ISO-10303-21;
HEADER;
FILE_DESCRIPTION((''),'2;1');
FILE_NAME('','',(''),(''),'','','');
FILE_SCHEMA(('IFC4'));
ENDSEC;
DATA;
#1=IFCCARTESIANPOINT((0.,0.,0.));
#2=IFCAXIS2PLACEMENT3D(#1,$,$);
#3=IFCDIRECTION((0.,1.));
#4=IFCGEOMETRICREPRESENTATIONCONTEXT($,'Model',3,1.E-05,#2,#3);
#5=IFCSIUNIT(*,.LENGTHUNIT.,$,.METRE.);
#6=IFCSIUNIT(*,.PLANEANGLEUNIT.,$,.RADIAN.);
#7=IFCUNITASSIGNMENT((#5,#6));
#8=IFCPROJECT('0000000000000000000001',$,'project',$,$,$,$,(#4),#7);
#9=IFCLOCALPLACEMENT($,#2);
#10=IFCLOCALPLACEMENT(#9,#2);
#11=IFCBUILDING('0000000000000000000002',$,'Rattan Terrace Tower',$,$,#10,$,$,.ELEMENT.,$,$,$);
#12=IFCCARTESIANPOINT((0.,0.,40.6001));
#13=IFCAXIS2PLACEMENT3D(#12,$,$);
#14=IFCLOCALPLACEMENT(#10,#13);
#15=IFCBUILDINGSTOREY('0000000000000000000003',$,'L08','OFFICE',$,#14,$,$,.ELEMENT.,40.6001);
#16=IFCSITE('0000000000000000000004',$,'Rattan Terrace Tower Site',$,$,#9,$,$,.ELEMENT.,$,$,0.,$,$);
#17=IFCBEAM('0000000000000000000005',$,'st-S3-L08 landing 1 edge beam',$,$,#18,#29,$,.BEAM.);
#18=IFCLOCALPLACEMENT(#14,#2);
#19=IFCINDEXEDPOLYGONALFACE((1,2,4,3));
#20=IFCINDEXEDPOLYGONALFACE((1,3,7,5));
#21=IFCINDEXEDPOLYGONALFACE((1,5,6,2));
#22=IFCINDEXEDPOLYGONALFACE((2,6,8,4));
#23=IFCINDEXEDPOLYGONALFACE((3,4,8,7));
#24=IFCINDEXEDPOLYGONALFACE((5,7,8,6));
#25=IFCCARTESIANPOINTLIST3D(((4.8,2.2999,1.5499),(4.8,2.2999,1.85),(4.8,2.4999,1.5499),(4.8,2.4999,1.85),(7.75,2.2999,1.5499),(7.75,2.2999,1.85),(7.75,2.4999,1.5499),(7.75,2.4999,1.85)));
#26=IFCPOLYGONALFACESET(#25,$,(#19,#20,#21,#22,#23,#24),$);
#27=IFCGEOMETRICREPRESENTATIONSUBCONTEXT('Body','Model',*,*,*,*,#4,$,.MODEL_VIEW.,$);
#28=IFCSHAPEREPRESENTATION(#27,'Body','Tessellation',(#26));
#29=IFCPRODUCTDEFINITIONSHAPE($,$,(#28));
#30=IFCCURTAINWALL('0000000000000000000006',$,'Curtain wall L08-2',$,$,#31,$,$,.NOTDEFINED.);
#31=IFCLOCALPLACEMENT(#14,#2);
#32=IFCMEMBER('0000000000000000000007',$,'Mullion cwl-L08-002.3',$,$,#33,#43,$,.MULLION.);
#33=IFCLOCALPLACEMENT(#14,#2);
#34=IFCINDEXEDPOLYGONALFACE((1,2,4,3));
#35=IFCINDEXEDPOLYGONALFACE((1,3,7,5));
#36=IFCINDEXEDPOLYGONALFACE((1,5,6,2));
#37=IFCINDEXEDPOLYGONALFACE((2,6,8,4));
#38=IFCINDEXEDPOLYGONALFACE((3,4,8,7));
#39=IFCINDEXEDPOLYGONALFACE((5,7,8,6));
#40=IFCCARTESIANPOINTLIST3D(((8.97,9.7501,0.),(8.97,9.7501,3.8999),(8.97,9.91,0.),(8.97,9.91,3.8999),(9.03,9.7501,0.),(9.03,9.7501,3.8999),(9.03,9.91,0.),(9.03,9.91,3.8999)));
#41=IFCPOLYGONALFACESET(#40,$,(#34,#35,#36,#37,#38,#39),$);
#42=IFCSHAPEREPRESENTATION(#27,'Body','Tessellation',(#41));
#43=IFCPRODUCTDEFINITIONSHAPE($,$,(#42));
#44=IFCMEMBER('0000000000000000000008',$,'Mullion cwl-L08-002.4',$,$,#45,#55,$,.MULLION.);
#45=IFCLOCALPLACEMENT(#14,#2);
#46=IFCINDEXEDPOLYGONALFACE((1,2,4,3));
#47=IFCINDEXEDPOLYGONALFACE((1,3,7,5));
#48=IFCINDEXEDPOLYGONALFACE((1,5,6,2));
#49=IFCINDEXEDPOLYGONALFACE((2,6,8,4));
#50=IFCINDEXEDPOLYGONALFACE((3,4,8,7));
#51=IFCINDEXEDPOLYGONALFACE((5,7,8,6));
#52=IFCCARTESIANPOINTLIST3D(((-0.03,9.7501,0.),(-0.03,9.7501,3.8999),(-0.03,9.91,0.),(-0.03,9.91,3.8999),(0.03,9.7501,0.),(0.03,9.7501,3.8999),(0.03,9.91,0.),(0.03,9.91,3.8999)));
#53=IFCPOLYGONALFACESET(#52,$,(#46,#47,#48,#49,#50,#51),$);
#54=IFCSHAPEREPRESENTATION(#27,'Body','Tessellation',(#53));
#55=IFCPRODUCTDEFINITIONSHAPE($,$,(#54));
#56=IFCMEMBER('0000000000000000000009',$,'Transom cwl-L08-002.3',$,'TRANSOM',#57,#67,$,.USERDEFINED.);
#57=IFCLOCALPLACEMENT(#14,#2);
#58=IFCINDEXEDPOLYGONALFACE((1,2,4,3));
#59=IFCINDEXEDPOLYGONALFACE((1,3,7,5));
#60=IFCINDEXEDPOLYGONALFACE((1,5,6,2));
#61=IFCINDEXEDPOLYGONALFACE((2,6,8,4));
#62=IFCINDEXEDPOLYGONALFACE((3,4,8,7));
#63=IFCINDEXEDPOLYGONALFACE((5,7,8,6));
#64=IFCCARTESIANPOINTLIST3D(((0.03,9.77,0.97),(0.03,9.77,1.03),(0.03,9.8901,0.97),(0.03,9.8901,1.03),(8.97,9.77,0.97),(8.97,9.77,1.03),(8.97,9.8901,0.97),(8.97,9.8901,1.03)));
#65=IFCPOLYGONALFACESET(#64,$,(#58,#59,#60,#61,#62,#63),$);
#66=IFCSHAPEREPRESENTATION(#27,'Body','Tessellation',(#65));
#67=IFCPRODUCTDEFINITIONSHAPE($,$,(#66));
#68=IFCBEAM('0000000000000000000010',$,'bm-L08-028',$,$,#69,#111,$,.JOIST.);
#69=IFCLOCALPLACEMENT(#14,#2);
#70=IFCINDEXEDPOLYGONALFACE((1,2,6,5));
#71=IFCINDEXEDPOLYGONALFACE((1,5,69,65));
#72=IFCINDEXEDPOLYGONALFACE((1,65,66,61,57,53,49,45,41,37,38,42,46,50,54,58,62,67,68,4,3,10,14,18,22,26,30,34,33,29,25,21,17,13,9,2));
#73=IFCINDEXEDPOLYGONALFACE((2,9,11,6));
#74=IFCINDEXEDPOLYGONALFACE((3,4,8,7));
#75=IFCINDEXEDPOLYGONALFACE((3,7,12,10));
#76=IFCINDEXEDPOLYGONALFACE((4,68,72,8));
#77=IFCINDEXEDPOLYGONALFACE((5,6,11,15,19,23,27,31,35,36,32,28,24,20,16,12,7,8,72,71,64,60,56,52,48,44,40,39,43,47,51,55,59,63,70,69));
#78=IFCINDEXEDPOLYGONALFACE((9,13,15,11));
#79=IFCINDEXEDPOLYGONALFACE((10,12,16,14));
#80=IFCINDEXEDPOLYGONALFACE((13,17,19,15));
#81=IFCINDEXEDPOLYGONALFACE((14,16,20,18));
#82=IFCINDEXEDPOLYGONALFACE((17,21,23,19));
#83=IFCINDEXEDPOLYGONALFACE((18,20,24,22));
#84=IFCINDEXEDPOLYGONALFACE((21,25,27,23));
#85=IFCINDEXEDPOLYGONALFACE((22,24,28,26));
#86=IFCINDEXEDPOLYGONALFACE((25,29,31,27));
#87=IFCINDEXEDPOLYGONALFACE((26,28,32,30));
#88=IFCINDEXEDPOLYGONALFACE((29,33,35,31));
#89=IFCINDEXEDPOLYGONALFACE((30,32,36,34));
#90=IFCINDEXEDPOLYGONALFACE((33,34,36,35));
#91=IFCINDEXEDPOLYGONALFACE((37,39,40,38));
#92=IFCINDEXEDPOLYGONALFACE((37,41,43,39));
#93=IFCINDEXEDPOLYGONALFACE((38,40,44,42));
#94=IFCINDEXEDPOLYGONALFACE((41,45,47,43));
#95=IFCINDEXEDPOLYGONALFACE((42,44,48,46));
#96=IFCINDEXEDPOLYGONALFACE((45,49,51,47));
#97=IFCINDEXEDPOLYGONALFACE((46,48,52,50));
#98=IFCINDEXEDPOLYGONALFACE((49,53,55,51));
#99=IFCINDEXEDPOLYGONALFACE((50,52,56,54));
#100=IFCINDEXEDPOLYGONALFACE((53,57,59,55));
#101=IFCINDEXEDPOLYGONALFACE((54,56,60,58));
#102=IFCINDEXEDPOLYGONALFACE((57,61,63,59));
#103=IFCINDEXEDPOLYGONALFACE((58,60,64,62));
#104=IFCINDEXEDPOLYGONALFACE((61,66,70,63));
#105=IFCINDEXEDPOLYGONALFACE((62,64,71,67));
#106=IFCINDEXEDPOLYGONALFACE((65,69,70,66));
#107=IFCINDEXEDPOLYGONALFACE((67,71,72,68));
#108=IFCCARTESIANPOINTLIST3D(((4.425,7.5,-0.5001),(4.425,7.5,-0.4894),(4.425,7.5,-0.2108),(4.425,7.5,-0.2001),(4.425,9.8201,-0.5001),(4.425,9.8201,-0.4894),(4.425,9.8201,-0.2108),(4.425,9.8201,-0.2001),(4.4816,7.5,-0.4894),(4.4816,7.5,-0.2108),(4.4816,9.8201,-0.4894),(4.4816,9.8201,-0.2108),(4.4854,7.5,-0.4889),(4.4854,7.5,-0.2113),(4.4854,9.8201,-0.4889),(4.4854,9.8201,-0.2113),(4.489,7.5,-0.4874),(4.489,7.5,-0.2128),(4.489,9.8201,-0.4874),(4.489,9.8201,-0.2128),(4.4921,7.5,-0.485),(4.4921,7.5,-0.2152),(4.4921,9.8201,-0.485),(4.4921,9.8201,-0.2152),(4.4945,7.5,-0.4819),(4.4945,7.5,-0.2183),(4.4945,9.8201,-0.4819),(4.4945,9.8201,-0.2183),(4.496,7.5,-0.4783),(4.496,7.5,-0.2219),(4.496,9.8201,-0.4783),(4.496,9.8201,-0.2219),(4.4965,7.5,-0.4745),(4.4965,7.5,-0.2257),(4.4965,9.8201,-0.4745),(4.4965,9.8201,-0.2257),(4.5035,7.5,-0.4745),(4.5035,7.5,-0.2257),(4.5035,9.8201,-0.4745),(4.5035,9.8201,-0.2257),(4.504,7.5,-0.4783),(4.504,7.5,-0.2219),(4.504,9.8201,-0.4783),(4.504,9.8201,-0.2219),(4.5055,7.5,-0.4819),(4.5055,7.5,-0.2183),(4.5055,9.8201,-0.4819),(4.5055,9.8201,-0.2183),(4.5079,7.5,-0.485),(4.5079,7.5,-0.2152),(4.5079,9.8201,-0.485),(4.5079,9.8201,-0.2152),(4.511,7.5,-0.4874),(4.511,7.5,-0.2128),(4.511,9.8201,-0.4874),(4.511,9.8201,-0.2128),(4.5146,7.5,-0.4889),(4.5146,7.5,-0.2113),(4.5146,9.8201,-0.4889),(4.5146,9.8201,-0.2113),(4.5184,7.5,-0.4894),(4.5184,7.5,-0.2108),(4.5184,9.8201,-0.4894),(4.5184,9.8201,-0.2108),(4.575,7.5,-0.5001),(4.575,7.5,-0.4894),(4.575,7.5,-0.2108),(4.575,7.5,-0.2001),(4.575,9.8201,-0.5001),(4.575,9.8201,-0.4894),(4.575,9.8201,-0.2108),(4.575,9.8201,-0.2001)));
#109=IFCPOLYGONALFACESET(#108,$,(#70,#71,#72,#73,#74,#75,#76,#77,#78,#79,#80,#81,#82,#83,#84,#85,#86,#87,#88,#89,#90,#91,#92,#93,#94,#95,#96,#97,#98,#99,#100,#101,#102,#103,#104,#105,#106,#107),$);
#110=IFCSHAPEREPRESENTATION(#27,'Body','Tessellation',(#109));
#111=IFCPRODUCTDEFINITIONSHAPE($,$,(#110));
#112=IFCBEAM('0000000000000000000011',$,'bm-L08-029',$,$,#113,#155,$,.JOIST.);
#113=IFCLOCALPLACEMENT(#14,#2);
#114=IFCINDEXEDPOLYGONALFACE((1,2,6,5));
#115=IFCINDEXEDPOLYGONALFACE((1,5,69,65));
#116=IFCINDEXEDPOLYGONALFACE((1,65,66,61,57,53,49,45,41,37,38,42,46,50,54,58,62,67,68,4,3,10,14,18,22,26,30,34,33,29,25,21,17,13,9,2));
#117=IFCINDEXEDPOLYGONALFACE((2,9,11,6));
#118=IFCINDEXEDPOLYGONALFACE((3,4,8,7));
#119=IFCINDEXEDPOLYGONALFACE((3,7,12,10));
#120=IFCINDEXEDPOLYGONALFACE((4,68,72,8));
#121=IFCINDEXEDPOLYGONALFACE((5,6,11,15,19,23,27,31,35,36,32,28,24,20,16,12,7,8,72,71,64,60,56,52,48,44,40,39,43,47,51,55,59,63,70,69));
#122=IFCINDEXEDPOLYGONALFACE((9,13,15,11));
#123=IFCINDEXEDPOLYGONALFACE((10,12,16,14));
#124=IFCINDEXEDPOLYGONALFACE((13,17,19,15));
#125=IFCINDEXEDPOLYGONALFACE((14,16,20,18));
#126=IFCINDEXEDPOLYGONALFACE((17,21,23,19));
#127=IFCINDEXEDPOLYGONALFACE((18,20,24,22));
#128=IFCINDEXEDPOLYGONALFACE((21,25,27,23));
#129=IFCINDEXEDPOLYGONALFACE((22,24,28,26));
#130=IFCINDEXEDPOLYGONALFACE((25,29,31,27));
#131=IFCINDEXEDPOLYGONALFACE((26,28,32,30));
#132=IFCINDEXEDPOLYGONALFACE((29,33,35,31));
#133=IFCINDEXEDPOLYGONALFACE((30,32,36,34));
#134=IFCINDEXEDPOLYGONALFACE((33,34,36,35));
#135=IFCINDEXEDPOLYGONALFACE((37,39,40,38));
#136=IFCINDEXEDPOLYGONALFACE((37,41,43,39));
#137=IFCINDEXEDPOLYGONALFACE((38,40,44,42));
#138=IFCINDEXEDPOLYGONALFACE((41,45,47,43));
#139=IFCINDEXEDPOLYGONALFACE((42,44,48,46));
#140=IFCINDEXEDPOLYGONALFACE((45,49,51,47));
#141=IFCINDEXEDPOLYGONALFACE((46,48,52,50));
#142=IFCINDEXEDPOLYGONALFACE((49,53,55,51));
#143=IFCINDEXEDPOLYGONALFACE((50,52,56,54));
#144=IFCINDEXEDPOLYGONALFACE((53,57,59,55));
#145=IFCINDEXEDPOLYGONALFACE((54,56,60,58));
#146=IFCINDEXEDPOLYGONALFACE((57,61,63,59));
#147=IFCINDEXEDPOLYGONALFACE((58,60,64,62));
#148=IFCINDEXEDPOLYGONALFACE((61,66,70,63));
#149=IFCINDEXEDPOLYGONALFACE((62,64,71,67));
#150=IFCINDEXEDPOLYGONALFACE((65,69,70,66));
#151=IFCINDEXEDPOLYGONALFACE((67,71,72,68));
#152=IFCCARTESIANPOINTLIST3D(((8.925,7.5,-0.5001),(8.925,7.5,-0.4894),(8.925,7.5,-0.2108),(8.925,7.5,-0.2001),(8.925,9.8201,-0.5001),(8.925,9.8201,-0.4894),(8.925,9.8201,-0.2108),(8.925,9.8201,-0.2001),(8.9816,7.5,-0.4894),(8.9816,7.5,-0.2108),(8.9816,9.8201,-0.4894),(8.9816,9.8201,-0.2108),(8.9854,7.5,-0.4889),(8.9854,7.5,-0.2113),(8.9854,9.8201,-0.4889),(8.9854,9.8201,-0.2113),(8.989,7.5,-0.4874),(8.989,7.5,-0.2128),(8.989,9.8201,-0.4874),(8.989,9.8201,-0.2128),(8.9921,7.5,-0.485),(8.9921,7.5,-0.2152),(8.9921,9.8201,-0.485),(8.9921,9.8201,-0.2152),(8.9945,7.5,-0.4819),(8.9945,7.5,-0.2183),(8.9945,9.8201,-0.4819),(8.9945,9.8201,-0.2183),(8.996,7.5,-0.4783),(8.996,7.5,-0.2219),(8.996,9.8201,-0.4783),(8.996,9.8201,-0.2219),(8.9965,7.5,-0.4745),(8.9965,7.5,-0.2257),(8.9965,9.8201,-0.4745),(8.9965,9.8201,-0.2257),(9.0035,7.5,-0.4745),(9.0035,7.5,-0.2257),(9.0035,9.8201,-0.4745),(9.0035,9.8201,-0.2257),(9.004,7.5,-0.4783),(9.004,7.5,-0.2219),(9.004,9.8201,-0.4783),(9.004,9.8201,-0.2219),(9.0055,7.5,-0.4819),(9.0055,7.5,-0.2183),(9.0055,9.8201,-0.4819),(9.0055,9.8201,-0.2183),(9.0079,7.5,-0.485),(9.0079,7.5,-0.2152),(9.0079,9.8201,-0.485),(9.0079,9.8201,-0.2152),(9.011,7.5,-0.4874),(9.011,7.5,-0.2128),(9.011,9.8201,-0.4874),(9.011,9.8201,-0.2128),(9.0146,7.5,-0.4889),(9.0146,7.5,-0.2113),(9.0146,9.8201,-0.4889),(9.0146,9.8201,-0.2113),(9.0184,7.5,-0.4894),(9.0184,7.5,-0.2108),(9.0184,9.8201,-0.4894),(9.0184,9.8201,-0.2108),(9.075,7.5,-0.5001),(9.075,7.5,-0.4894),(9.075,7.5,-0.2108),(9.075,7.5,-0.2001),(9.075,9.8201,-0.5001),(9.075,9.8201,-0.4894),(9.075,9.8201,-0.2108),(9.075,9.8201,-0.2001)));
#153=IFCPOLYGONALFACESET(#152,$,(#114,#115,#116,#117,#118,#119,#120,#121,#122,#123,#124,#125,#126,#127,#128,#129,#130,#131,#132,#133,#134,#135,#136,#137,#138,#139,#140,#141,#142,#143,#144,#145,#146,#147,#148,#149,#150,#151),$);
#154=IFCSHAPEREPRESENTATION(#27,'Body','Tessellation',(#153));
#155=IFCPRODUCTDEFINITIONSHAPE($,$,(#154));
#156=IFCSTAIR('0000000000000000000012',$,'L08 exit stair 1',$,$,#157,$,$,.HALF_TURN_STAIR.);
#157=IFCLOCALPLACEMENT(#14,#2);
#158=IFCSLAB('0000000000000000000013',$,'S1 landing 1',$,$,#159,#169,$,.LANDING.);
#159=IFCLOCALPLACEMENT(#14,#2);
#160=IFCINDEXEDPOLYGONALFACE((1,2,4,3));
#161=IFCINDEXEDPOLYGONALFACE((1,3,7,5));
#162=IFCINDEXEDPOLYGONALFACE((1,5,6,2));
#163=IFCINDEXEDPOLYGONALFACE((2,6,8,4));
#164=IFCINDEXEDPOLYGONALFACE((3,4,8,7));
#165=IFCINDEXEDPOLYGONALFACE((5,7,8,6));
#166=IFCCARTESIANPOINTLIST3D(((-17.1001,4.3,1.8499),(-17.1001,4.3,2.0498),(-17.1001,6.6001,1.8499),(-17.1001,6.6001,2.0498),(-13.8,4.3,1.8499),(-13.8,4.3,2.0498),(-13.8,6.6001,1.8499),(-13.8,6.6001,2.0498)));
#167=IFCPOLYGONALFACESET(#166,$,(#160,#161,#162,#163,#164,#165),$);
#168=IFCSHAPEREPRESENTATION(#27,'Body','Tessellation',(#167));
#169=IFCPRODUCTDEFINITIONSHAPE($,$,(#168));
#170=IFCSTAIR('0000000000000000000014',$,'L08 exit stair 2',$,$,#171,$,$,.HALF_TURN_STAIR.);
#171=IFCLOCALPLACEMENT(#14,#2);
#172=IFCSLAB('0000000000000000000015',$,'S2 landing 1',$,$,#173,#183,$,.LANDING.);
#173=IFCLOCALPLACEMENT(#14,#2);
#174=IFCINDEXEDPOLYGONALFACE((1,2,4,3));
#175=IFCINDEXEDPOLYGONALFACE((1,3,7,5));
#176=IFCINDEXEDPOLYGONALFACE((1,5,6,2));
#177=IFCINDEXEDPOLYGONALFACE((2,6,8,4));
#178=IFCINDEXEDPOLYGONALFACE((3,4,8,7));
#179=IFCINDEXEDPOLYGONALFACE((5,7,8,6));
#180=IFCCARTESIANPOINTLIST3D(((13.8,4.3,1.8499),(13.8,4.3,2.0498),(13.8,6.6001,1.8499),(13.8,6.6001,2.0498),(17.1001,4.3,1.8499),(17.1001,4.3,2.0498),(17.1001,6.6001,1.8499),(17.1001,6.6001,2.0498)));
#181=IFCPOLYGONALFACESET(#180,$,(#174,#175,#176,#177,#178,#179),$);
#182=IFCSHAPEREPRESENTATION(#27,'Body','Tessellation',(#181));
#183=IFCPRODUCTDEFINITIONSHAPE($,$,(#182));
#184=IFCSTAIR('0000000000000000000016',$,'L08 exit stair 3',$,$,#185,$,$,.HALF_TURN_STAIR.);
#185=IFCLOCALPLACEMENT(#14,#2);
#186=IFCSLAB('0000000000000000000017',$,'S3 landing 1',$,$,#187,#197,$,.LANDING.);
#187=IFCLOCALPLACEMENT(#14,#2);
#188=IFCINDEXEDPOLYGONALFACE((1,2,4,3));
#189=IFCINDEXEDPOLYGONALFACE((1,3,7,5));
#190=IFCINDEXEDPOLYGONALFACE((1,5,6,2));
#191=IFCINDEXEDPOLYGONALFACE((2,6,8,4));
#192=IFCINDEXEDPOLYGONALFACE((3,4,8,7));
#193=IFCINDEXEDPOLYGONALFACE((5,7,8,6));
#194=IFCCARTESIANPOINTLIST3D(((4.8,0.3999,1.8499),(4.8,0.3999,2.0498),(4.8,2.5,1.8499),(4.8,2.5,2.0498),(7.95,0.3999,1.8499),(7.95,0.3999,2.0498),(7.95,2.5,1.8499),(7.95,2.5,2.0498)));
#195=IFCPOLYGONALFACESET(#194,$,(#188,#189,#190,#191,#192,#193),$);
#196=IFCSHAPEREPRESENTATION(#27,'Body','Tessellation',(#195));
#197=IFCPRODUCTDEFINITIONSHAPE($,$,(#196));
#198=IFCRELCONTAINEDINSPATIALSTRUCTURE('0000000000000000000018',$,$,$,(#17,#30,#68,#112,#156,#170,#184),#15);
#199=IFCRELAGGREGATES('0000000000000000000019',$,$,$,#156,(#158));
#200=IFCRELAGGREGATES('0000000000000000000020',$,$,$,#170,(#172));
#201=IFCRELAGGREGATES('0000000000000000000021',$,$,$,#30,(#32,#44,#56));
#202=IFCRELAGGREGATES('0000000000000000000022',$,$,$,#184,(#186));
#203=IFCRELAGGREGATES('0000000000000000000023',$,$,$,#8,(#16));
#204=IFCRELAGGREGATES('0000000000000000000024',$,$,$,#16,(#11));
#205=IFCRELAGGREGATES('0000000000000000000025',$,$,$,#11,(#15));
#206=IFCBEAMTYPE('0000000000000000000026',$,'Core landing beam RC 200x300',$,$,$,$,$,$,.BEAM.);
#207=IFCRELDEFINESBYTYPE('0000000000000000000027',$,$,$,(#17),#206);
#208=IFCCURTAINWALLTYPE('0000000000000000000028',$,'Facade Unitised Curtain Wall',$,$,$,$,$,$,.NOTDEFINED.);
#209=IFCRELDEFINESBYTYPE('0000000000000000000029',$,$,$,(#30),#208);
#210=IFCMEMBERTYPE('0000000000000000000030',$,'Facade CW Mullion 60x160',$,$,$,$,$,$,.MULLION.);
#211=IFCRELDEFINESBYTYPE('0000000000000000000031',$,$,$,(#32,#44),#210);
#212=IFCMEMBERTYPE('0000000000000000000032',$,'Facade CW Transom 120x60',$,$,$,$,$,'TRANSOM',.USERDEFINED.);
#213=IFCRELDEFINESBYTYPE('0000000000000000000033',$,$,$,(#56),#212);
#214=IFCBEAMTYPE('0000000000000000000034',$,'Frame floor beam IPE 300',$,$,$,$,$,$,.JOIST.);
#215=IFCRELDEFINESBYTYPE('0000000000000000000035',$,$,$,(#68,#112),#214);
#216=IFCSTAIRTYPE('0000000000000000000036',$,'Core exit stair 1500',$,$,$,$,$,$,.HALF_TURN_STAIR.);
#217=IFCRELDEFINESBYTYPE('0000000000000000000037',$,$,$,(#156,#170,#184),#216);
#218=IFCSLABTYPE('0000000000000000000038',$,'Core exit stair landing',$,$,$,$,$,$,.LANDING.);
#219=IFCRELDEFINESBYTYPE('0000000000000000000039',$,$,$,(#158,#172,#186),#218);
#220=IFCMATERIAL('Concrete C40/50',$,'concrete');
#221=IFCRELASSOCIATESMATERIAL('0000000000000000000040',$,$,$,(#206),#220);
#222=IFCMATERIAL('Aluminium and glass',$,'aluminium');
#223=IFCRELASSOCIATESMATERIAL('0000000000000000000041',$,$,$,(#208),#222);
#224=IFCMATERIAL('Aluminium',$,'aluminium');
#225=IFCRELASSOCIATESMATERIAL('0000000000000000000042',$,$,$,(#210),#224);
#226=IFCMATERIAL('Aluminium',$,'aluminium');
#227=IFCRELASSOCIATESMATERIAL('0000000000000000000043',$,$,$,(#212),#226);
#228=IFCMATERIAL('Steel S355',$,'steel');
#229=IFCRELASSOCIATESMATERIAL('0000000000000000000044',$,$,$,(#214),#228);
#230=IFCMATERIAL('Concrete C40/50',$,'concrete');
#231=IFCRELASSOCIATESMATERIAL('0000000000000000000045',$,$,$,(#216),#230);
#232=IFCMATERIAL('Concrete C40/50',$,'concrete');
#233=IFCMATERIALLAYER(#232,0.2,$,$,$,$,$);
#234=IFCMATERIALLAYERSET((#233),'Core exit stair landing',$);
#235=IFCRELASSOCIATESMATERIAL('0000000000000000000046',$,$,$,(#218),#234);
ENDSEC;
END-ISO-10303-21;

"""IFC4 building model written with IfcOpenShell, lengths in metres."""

from ifc_helpers import new_model, si_unit, direction, frame, origin, origin_2d, place, context, subcontext, project, spatial, polyline, rectangle, i_section, outline, extrude, material, layer, layer_set, material_profile, profile_set, type_object, element, aggregate, save


model = new_model("IFC4")

# Units and contexts
model_context = context("Model", 3, precision=1e-05, world=origin(), true_north=direction((0.0, 1.0)))
body_context = subcontext(model_context, "Body", "Model", "MODEL_VIEW")
ifc_project = project(units=[si_unit("LENGTHUNIT", "METRE"), si_unit("PLANEANGLEUNIT", "RADIAN")], contexts=[model_context])

# Site, building, storey
site_placement = place(None, origin())
site = spatial("IfcSite", under=ifc_project, at=site_placement, Name="Rattan Terrace Tower Site", CompositionType="ELEMENT", RefElevation=0.0)
building_placement = place(site_placement, origin())
building = spatial("IfcBuilding", under=site, at=building_placement, Name="Rattan Terrace Tower", CompositionType="ELEMENT")
storey_placement = place(building_placement, frame((0.0, 0.0, 40.6001)))
storey = spatial("IfcBuildingStorey", under=building, at=storey_placement, Name="L08", Description="OFFICE", CompositionType="ELEMENT", Elevation=40.6001)

# Beam
ifc_material_1 = material(Name="Concrete C40/50", Category="concrete")
ifc_material_profile_1 = material_profile(ifc_material_1, rectangle(XDim=0.2, YDim=0.3, at=origin_2d()), Name="RC 200x300")
ifc_profile_set_1 = profile_set([ifc_material_profile_1], Name="Concrete C40/50")
beam_type_1 = type_object("IfcBeamType", Name="Core landing beam RC 200x300", PredefinedType="BEAM", material=ifc_profile_set_1)
beam_placement = place(storey_placement, frame((4.8, 2.3999, 1.7), z_axis=(1.0, 0.0, 0.0), x_axis=(0.0, 1.0, 0.0)))
element("IfcBeam", 1, at=beam_placement, inside=storey, type_object=beam_type_1, Name="st-S3-L08 landing 1 edge beam", PredefinedType="BEAM", context=body_context, shape_type="SweptSolid", body=[
    extrude(rectangle(XDim=0.2, YDim=0.3, at=origin_2d()), origin(), (0.0, 0.0, 1.0), 2.95),
])

# Curtain wall, members
ifc_material_2 = material(Name="Aluminium and glass", Category="aluminium")
curtain_wall_type = type_object("IfcCurtainWallType", Name="Facade Unitised Curtain Wall", PredefinedType="NOTDEFINED", material=ifc_material_2)
curtain_wall_placement = place(storey_placement, origin())
curtain_wall = element("IfcCurtainWall", 2, at=curtain_wall_placement, inside=storey, type_object=curtain_wall_type, Name="Curtain wall L08-2", PredefinedType="NOTDEFINED")
ifc_material_3 = material(Name="Aluminium", Category="aluminium")
ifc_material_profile_2 = material_profile(ifc_material_3, rectangle(XDim=0.0601, YDim=0.1599, at=origin_2d()), Name="Aluminium 60x160")
ifc_profile_set_2 = profile_set([ifc_material_profile_2], Name="Aluminium")
member_type_1 = type_object("IfcMemberType", Name="Facade CW Mullion 60x160", PredefinedType="MULLION", material=ifc_profile_set_2)
member_1_placement = place(storey_placement, frame((9.0, 9.8301, 0.0), z_axis=(0.0, 0.0, 1.0), x_axis=(-1.0, 0.0, 0.0)))
member_1 = element("IfcMember", 3, at=member_1_placement, type_object=member_type_1, Name="Mullion cwl-L08-002.3", PredefinedType="MULLION", context=body_context, shape_type="SweptSolid", body=[
    extrude(rectangle(XDim=0.0601, YDim=0.1599, at=origin_2d()), origin(), (0.0, 0.0, 1.0), 3.8999),
])
member_2_placement = place(storey_placement, frame((0.0, 9.8301, 0.0), z_axis=(0.0, 0.0, 1.0), x_axis=(-1.0, 0.0, 0.0)))
member_2 = element("IfcMember", 4, at=member_2_placement, type_object=member_type_1, Name="Mullion cwl-L08-002.4", PredefinedType="MULLION", context=body_context, shape_type="SweptSolid", body=[
    extrude(rectangle(XDim=0.0601, YDim=0.1599, at=origin_2d()), origin(), (0.0, 0.0, 1.0), 3.8999),
])
ifc_material_4 = material(Name="Aluminium", Category="aluminium")
ifc_material_profile_3 = material_profile(ifc_material_4, rectangle(XDim=0.1201, YDim=0.0601, at=origin_2d()), Name="Aluminium 120x60")
ifc_profile_set_3 = profile_set([ifc_material_profile_3], Name="Aluminium")
member_type_2 = type_object("IfcMemberType", Name="Facade CW Transom 120x60", ElementType="TRANSOM", PredefinedType="USERDEFINED", material=ifc_profile_set_3)
member_3_placement = place(storey_placement, frame((8.97, 9.8301, 1.0), z_axis=(-1.0, 0.0, 0.0), x_axis=(0.0, -1.0, 0.0)))
member_3 = element("IfcMember", 5, at=member_3_placement, type_object=member_type_2, Name="Transom cwl-L08-002.3", ObjectType="TRANSOM", PredefinedType="USERDEFINED", context=body_context, shape_type="SweptSolid", body=[
    extrude(rectangle(XDim=0.1201, YDim=0.0601, at=origin_2d()), origin(), (0.0, 0.0, 1.0), 8.9399),
])

# Beams
ifc_material_5 = material(Name="Steel S355", Category="steel")
ifc_material_profile_4 = material_profile(ifc_material_5, i_section(OverallWidth=0.1499, OverallDepth=0.3, WebThickness=0.0071, FlangeThickness=0.0107, FilletRadius=0.0149, at=origin_2d()), Name="IPE 300")
ifc_profile_set_4 = profile_set([ifc_material_profile_4], Name="Steel S355")
beam_type_2 = type_object("IfcBeamType", Name="Frame floor beam IPE 300", PredefinedType="JOIST", material=ifc_profile_set_4)
for number, where, z_axis, x_axis, name in (
    (6, (4.5, 7.5, -0.3501), (0.0, 1.0, 0.0), (-1.0, 0.0, 0.0), "bm-L08-028"),
    (7, (9.0, 7.5, -0.3501), (0.0, 1.0, 0.0), (-1.0, 0.0, 0.0), "bm-L08-029"),
):
    element("IfcBeam", number, at=place(storey_placement, frame(where, z_axis=z_axis, x_axis=x_axis)), inside=storey, type_object=beam_type_2, Name=name, PredefinedType="JOIST", context=body_context, shape_type="SweptSolid", body=[
        extrude(i_section(OverallWidth=0.1499, OverallDepth=0.3, WebThickness=0.0071, FlangeThickness=0.0107, FilletRadius=0.0149, at=origin_2d()), origin(), (0.0, 0.0, 1.0), 2.3201),
    ])

# Stairs, slabs
ifc_material_6 = material(Name="Concrete C40/50", Category="concrete")
stair_type = type_object("IfcStairType", Name="Core exit stair 1500", PredefinedType="HALF_TURN_STAIR", material=ifc_material_6)
stair_1_placement = place(storey_placement, origin())
stair_1 = element("IfcStair", 8, at=stair_1_placement, inside=storey, type_object=stair_type, Name="L08 exit stair 1", PredefinedType="HALF_TURN_STAIR")
ifc_material_7 = material(Name="Concrete C40/50", Category="concrete")
ifc_layer_1 = layer(ifc_material_7, 0.2)
ifc_layer_set_1 = layer_set([ifc_layer_1], Name="Core exit stair landing")
slab_type = type_object("IfcSlabType", Name="Core exit stair landing", PredefinedType="LANDING", material=ifc_layer_set_1)
slab_1_placement = place(storey_placement, frame((0.0, 0.0, 1.8499)))
slab_1 = element("IfcSlab", 9, at=slab_1_placement, type_object=slab_type, Name="S1 landing 1", PredefinedType="LANDING", context=body_context, shape_type="SweptSolid", body=[
    extrude(outline(polyline([(-13.8, 4.3), (-13.8, 6.6001), (-17.1001, 6.6001), (-17.1001, 4.3), (-13.8, 4.3)])), origin(), (0.0, 0.0, 1.0), 0.2),
])
aggregate(stair_1, [slab_1])
stair_2_placement = place(storey_placement, origin())
stair_2 = element("IfcStair", 10, at=stair_2_placement, inside=storey, type_object=stair_type, Name="L08 exit stair 2", PredefinedType="HALF_TURN_STAIR")
slab_2_placement = place(storey_placement, frame((0.0, 0.0, 1.8499)))
slab_2 = element("IfcSlab", 11, at=slab_2_placement, type_object=slab_type, Name="S2 landing 1", PredefinedType="LANDING", context=body_context, shape_type="SweptSolid", body=[
    extrude(outline(polyline([(17.1001, 4.3), (17.1001, 6.6001), (13.8, 6.6001), (13.8, 4.3), (17.1001, 4.3)])), origin(), (0.0, 0.0, 1.0), 0.2),
])
aggregate(stair_2, [slab_2])
stair_3_placement = place(storey_placement, origin())
stair_3 = element("IfcStair", 12, at=stair_3_placement, inside=storey, type_object=stair_type, Name="L08 exit stair 3", PredefinedType="HALF_TURN_STAIR")
slab_3_placement = place(storey_placement, frame((0.0, 0.0, 1.8499)))
slab_3 = element("IfcSlab", 13, at=slab_3_placement, type_object=slab_type, Name="S3 landing 1", PredefinedType="LANDING", context=body_context, shape_type="SweptSolid", body=[
    extrude(outline(polyline([(4.8, 2.5), (4.8, 0.3999), (7.95, 0.3999), (7.95, 2.5), (4.8, 2.5)])), origin(), (0.0, 0.0, 1.0), 0.2),
])

aggregate(curtain_wall, [member_1, member_2, member_3])

aggregate(stair_3, [slab_3])

save(model, "model.ifc")
